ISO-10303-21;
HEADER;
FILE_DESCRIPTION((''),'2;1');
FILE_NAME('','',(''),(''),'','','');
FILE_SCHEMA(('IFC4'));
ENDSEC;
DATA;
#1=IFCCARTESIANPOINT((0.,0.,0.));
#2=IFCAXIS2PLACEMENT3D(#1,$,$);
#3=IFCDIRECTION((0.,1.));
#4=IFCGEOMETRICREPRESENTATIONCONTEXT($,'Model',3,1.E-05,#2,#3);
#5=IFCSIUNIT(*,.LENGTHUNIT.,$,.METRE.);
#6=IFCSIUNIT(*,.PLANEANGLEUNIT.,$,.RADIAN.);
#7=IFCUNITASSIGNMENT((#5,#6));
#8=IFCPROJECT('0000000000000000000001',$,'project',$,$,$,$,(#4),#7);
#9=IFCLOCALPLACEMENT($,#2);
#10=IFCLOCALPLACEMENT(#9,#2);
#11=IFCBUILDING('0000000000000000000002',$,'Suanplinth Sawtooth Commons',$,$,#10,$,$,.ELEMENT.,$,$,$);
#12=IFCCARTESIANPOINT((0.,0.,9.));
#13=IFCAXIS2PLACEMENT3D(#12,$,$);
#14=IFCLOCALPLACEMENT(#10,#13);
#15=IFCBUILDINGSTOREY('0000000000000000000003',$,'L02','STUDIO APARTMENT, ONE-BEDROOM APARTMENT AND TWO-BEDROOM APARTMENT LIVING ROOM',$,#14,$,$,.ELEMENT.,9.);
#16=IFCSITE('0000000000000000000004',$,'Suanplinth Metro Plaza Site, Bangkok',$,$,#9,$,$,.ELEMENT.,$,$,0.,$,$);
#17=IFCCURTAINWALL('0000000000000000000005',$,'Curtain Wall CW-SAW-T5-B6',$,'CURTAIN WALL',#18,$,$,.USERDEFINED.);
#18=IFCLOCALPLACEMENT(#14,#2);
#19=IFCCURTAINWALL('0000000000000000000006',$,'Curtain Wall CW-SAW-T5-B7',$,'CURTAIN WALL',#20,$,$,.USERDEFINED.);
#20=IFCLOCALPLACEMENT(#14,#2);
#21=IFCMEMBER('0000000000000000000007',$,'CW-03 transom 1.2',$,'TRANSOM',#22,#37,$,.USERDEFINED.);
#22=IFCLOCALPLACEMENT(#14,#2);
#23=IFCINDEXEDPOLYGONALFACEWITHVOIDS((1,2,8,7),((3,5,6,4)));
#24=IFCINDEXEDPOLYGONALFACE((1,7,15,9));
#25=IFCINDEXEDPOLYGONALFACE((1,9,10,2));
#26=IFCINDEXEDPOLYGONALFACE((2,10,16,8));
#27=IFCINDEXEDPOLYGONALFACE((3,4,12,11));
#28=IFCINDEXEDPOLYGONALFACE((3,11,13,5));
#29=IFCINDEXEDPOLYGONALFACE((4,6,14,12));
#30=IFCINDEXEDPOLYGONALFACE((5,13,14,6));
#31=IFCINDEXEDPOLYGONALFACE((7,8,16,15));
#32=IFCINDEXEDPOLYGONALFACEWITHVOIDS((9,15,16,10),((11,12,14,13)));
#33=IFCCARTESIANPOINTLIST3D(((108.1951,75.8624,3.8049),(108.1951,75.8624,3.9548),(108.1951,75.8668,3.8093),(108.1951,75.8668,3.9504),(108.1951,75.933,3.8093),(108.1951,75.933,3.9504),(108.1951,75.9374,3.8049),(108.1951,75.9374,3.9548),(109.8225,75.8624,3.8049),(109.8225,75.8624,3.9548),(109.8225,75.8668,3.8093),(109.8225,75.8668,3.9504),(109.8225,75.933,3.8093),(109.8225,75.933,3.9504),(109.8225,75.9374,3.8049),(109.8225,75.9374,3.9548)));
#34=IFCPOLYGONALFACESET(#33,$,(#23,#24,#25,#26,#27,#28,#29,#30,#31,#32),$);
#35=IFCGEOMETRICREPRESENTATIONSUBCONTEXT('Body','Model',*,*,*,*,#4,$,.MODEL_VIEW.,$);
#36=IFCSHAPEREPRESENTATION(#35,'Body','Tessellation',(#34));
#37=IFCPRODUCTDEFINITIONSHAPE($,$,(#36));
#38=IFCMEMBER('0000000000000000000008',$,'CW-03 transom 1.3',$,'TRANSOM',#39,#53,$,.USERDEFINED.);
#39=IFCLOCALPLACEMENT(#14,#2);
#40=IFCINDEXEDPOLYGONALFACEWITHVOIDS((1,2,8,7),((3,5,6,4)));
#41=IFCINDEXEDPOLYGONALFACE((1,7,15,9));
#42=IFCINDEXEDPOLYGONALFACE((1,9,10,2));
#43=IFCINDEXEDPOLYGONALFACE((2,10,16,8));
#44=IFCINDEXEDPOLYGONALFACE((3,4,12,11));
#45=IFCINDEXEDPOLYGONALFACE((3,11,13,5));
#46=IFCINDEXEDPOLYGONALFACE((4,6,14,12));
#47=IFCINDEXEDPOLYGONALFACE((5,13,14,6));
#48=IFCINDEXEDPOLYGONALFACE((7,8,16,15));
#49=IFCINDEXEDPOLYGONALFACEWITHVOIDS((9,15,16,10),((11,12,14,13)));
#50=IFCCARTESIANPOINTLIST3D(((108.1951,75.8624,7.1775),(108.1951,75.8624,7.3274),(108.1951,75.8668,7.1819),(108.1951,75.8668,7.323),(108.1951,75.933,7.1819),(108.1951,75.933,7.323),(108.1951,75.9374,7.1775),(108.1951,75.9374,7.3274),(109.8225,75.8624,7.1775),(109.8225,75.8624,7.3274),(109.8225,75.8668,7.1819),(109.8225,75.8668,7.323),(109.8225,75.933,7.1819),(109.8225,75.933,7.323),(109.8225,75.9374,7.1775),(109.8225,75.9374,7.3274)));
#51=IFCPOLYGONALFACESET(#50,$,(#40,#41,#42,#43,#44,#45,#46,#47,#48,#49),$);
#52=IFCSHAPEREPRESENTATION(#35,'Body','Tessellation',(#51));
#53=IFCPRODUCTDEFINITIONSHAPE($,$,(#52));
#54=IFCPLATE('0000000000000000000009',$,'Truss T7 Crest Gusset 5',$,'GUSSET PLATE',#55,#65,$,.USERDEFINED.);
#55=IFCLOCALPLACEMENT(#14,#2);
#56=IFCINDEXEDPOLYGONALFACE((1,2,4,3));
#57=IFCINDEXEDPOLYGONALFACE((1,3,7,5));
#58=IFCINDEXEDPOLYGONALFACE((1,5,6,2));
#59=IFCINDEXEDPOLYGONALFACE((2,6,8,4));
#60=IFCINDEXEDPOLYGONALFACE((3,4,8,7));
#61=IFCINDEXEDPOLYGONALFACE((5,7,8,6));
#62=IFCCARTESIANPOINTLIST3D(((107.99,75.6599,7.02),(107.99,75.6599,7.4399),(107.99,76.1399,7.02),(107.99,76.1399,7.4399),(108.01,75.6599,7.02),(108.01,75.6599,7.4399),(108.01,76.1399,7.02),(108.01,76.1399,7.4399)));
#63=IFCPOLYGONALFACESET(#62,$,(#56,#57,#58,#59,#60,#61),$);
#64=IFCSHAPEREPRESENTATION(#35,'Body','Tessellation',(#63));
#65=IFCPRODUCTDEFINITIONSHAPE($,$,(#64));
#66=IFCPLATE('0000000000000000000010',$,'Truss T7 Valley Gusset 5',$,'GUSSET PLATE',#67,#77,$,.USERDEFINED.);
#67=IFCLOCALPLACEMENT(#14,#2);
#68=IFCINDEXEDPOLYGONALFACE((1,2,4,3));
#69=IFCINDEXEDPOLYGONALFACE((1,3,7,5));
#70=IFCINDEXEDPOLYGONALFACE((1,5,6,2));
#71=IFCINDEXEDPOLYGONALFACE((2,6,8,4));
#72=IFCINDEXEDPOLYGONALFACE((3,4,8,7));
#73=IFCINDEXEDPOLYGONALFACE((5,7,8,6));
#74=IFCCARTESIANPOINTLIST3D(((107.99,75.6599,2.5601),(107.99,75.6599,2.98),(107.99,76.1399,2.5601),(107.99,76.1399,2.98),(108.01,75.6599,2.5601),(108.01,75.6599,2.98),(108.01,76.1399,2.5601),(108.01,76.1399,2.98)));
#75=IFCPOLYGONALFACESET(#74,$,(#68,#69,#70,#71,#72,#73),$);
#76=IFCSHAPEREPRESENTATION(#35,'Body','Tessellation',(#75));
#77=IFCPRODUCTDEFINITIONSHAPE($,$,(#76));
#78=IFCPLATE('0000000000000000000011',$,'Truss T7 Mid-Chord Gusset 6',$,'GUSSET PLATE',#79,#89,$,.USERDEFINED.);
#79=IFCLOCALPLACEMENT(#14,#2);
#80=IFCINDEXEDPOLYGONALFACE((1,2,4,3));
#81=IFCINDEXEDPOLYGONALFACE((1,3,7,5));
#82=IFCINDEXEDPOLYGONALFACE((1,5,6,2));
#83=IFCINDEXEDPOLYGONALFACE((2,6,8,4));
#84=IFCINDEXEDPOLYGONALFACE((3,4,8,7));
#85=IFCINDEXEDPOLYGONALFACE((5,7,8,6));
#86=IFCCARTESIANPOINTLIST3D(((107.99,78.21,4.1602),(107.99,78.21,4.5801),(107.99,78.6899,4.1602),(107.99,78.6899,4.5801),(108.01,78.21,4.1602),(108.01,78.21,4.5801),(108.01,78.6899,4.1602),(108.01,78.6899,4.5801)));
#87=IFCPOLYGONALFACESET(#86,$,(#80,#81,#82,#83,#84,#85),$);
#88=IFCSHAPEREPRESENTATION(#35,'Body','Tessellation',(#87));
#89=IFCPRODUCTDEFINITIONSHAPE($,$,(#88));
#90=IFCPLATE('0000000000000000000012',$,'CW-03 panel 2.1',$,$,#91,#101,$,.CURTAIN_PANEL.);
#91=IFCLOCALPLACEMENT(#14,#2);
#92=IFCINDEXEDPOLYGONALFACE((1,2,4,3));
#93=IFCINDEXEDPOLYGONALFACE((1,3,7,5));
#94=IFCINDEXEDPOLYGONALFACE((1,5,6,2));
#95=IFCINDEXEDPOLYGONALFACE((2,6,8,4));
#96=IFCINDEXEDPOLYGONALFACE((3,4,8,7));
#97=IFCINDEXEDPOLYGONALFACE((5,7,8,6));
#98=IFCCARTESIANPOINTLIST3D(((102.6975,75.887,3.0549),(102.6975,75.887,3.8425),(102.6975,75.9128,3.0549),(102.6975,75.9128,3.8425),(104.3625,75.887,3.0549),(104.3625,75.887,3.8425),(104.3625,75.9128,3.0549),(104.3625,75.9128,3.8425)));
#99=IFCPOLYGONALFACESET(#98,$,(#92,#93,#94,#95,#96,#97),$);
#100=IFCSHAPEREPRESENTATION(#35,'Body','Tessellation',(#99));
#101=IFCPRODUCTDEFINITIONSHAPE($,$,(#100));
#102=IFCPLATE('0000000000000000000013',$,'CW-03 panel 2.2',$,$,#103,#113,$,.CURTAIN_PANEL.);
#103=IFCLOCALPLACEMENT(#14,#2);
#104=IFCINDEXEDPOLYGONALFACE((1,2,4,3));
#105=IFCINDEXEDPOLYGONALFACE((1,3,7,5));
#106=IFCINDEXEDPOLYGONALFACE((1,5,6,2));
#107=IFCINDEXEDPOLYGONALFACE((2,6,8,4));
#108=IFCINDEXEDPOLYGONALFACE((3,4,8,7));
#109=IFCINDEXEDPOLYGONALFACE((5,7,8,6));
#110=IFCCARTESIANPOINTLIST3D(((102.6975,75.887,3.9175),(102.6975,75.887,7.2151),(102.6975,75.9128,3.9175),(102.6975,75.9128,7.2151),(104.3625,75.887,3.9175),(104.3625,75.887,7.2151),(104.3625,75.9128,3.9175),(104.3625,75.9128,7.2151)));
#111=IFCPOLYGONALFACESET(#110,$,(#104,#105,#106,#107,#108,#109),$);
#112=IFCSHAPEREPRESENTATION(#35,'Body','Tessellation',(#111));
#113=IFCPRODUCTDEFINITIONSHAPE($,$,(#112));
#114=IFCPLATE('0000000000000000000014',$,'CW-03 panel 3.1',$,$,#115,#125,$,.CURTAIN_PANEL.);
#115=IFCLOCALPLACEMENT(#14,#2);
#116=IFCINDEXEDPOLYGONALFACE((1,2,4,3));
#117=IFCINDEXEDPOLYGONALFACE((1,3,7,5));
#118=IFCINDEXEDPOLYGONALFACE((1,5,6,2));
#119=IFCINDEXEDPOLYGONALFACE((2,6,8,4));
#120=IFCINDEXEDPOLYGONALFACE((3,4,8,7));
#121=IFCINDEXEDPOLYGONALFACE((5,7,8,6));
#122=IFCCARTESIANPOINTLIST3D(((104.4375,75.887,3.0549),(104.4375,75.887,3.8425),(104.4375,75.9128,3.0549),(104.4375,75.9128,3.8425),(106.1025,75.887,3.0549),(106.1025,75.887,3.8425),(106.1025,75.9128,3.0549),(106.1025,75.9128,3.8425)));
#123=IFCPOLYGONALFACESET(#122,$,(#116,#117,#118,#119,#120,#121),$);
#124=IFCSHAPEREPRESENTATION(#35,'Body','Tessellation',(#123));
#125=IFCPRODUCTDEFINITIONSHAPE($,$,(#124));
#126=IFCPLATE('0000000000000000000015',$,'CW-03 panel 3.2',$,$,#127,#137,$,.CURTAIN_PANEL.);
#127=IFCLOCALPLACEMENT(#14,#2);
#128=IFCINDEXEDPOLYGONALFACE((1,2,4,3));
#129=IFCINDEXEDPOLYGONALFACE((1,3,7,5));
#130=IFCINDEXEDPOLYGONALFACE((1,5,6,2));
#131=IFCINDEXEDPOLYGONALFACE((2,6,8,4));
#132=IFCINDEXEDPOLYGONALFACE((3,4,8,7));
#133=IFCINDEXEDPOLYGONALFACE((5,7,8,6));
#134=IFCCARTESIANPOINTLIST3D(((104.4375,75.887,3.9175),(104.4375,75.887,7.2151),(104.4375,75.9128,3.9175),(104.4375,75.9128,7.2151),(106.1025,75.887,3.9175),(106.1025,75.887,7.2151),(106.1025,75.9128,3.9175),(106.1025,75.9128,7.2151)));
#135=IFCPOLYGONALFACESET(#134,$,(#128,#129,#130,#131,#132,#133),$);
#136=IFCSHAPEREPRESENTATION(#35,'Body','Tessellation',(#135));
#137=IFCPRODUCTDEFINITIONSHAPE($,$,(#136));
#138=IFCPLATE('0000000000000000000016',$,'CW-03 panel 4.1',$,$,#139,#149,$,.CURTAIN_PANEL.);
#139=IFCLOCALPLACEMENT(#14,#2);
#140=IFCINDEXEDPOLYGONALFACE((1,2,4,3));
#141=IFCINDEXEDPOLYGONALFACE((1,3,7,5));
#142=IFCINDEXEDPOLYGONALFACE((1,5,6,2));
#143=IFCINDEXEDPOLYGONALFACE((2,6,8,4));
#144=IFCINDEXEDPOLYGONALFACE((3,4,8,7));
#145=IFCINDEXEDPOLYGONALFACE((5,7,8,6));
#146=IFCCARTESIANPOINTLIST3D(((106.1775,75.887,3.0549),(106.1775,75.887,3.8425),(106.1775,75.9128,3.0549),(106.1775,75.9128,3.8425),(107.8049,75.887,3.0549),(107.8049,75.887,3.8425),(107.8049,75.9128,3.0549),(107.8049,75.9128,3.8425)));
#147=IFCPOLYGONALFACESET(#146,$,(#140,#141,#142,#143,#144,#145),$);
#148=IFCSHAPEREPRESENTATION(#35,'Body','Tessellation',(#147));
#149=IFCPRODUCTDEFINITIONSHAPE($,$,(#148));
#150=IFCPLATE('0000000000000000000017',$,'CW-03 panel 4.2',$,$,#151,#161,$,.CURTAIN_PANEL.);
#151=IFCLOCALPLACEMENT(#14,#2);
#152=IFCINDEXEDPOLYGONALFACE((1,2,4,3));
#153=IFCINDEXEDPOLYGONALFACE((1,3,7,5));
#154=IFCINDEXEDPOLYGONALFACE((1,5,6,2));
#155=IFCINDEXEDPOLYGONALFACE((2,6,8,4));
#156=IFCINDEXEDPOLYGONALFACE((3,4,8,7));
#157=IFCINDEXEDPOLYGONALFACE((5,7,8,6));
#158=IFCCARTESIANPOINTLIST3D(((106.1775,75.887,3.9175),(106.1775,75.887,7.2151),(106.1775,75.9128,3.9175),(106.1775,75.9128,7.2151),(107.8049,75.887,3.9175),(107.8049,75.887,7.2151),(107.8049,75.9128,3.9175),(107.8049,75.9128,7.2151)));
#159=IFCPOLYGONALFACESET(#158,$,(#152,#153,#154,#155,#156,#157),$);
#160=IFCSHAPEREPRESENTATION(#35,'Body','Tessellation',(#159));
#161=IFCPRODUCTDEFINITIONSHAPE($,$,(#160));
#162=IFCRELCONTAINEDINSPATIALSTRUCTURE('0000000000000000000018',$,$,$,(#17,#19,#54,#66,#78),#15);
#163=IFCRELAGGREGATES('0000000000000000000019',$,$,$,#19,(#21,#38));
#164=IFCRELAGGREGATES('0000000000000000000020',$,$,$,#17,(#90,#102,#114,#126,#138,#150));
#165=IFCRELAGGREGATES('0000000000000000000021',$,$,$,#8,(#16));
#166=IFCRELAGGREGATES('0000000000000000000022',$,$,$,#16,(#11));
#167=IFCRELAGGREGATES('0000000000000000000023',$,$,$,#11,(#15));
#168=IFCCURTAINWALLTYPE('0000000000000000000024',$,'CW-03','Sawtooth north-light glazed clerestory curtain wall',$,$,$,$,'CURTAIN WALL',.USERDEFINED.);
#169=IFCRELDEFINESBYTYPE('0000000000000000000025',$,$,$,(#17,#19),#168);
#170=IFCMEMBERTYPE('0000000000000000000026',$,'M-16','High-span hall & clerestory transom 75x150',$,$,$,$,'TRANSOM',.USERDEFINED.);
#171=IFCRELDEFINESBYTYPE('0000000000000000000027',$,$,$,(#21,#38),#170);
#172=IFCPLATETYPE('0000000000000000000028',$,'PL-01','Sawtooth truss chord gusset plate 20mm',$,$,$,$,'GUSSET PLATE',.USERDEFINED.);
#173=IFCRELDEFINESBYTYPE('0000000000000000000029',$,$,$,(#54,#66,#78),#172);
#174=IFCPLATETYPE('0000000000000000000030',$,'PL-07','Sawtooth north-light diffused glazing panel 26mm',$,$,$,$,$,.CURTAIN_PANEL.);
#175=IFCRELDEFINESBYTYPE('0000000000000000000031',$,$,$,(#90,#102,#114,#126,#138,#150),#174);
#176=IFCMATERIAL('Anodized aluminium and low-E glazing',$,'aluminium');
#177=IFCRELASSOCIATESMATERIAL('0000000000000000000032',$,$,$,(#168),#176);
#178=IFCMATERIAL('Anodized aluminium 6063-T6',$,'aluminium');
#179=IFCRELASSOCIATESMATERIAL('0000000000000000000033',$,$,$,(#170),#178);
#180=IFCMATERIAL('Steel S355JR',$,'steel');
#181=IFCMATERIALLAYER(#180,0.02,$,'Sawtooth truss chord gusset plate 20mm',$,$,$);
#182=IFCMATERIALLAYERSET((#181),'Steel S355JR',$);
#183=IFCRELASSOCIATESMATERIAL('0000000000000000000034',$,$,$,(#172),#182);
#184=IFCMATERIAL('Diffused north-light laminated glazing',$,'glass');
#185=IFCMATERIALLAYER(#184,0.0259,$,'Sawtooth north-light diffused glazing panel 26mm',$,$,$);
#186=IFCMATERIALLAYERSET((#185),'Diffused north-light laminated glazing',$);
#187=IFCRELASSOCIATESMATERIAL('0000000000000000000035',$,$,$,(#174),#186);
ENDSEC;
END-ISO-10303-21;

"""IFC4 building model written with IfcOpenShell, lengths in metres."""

from ifc_helpers import new_model, si_unit, direction, frame, origin, origin_2d, place, context, subcontext, project, spatial, rectangle, hollow_rectangle, extrude, material, layer, layer_set, material_profile, profile_set, type_object, element, aggregate, save


model = new_model("IFC4")

# Units and contexts
model_context = context("Model", 3, precision=1e-05, world=origin(), true_north=direction((0.0, 1.0)))
body_context = subcontext(model_context, "Body", "Model", "MODEL_VIEW")
ifc_project = project(units=[si_unit("LENGTHUNIT", "METRE"), si_unit("PLANEANGLEUNIT", "RADIAN")], contexts=[model_context])

# Site, building, storey
site_placement = place(None, origin())
site = spatial("IfcSite", under=ifc_project, at=site_placement, Name="Suanplinth Metro Plaza Site, Bangkok", CompositionType="ELEMENT", RefElevation=0.0)
building_placement = place(site_placement, origin())
building = spatial("IfcBuilding", under=site, at=building_placement, Name="Suanplinth Sawtooth Commons", CompositionType="ELEMENT")
storey_placement = place(building_placement, frame((0.0, 0.0, 9.0)))
storey = spatial("IfcBuildingStorey", under=building, at=storey_placement, Name="L02", Description="STUDIO APARTMENT, ONE-BEDROOM APARTMENT AND TWO-BEDROOM APARTMENT LIVING ROOM", CompositionType="ELEMENT", Elevation=9.0)

# Shared definitions
ifc_material_1 = material(Name="Steel S355JR", Category="steel")

# Curtain wall
ifc_material_2 = material(Name="Anodized aluminium and low-E glazing", Category="aluminium")
curtain_wall_type = type_object("IfcCurtainWallType", Name="CW-03", Description="Sawtooth north-light glazed clerestory curtain wall", ElementType="CURTAIN WALL", PredefinedType="USERDEFINED", material=ifc_material_2)
curtain_wall_1_placement = place(storey_placement, origin())
curtain_wall_1 = element("IfcCurtainWall", 1, at=curtain_wall_1_placement, inside=storey, type_object=curtain_wall_type, Name="Curtain Wall CW-SAW-T5-B6", ObjectType="CURTAIN WALL", PredefinedType="USERDEFINED")
ifc_material_3 = material(Name="Anodized aluminium 6063-T6", Category="aluminium")

# Curtain wall
curtain_wall_2_placement = place(storey_placement, origin())
curtain_wall_2 = element("IfcCurtainWall", 2, at=curtain_wall_2_placement, inside=storey, type_object=curtain_wall_type, Name="Curtain Wall CW-SAW-T5-B7", ObjectType="CURTAIN WALL", PredefinedType="USERDEFINED")

# Members
ifc_material_profile_1 = material_profile(ifc_material_3, hollow_rectangle(XDim=0.075, YDim=0.1499, WallThickness=0.0044, at=origin_2d()), Name="ALU-TRN 75x150")
ifc_profile_set_1 = profile_set([ifc_material_profile_1], Name="Anodized aluminium 6063-T6")
member_type_1 = type_object("IfcMemberType", Name="M-16", Description="High-span hall & clerestory transom 75x150", ElementType="TRANSOM", PredefinedType="USERDEFINED", material=ifc_profile_set_1)
member_1_placement = place(storey_placement, frame((108.1951, 75.8999, 3.8799), z_axis=(1.0, 0.0, 0.0), x_axis=(0.0, 1.0, 0.0)))
member_1 = element("IfcMember", 3, at=member_1_placement, type_object=member_type_1, Name="CW-03 transom 1.2", ObjectType="TRANSOM", PredefinedType="USERDEFINED", context=body_context, shape_type="SweptSolid", body=[
    extrude(hollow_rectangle(XDim=0.075, YDim=0.1499, WallThickness=0.0044, at=origin_2d()), origin(), (0.0, 0.0, 1.0), 1.6274),
])
member_2_placement = place(storey_placement, frame((108.1951, 75.8999, 7.2524), z_axis=(1.0, 0.0, 0.0), x_axis=(0.0, 1.0, 0.0)))
member_2 = element("IfcMember", 4, at=member_2_placement, type_object=member_type_1, Name="CW-03 transom 1.3", ObjectType="TRANSOM", PredefinedType="USERDEFINED", context=body_context, shape_type="SweptSolid", body=[
    extrude(hollow_rectangle(XDim=0.075, YDim=0.1499, WallThickness=0.0044, at=origin_2d()), origin(), (0.0, 0.0, 1.0), 1.6274),
])
aggregate(curtain_wall_2, [member_1, member_2])

# Plates
ifc_layer_1 = layer(ifc_material_1, 0.02, Name="Sawtooth truss chord gusset plate 20mm")
ifc_layer_set_1 = layer_set([ifc_layer_1], Name="Steel S355JR")
plate_type_1 = type_object("IfcPlateType", Name="PL-01", Description="Sawtooth truss chord gusset plate 20mm", ElementType="GUSSET PLATE", PredefinedType="USERDEFINED", material=ifc_layer_set_1)
for number, where, z_axis, x_axis, name in (
    (5, (108.0, 75.8999, 7.02), (0.0, 0.0, 1.0), (1.0, 0.0, 0.0), "Truss T7 Crest Gusset 5"),
    (6, (108.0, 75.8999, 2.5601), (0.0, 0.0, 1.0), (1.0, 0.0, 0.0), "Truss T7 Valley Gusset 5"),
    (7, (108.0, 78.45, 4.1602), (0.0, 0.0, 1.0), (1.0, 0.0, 0.0), "Truss T7 Mid-Chord Gusset 6"),
):
    element("IfcPlate", number, at=place(storey_placement, frame(where, z_axis=z_axis, x_axis=x_axis)), inside=storey, type_object=plate_type_1, Name=name, ObjectType="GUSSET PLATE", PredefinedType="USERDEFINED", context=body_context, shape_type="SweptSolid", body=[
        extrude(rectangle(XDim=0.02, YDim=0.48, at=origin_2d()), origin(), (0.0, 0.0, 1.0), 0.4199),
    ])

# Plates
ifc_material_4 = material(Name="Diffused north-light laminated glazing", Category="glass")
ifc_layer_2 = layer(ifc_material_4, 0.0259, Name="Sawtooth north-light diffused glazing panel 26mm")
ifc_layer_set_2 = layer_set([ifc_layer_2], Name="Diffused north-light laminated glazing")
plate_type_2 = type_object("IfcPlateType", Name="PL-07", Description="Sawtooth north-light diffused glazing panel 26mm", PredefinedType="CURTAIN_PANEL", material=ifc_layer_set_2)
plate_1_placement = place(storey_placement, frame((103.53, 75.8999, 3.0549), z_axis=(0.0, 0.0, 1.0), x_axis=(1.0, 0.0, 0.0)))
plate_1 = element("IfcPlate", 8, at=plate_1_placement, type_object=plate_type_2, Name="CW-03 panel 2.1", PredefinedType="CURTAIN_PANEL", context=body_context, shape_type="SweptSolid", body=[
    extrude(rectangle(XDim=1.665, YDim=0.0259, at=origin_2d()), origin(), (0.0, 0.0, 1.0), 0.7876),
])
plate_2_placement = place(storey_placement, frame((103.53, 75.8999, 3.9175), z_axis=(0.0, 0.0, 1.0), x_axis=(1.0, 0.0, 0.0)))
plate_2 = element("IfcPlate", 9, at=plate_2_placement, type_object=plate_type_2, Name="CW-03 panel 2.2", PredefinedType="CURTAIN_PANEL", context=body_context, shape_type="SweptSolid", body=[
    extrude(rectangle(XDim=1.665, YDim=0.0259, at=origin_2d()), origin(), (0.0, 0.0, 1.0), 3.2976),
])
plate_3_placement = place(storey_placement, frame((105.27, 75.8999, 3.0549), z_axis=(0.0, 0.0, 1.0), x_axis=(1.0, 0.0, 0.0)))
plate_3 = element("IfcPlate", 10, at=plate_3_placement, type_object=plate_type_2, Name="CW-03 panel 3.1", PredefinedType="CURTAIN_PANEL", context=body_context, shape_type="SweptSolid", body=[
    extrude(rectangle(XDim=1.665, YDim=0.0259, at=origin_2d()), origin(), (0.0, 0.0, 1.0), 0.7876),
])
plate_4_placement = place(storey_placement, frame((105.27, 75.8999, 3.9175), z_axis=(0.0, 0.0, 1.0), x_axis=(1.0, 0.0, 0.0)))
plate_4 = element("IfcPlate", 11, at=plate_4_placement, type_object=plate_type_2, Name="CW-03 panel 3.2", PredefinedType="CURTAIN_PANEL", context=body_context, shape_type="SweptSolid", body=[
    extrude(rectangle(XDim=1.665, YDim=0.0259, at=origin_2d()), origin(), (0.0, 0.0, 1.0), 3.2976),
])
plate_5_placement = place(storey_placement, frame((106.9912, 75.8999, 3.0549), z_axis=(0.0, 0.0, 1.0), x_axis=(1.0, 0.0, 0.0)))
plate_5 = element("IfcPlate", 12, at=plate_5_placement, type_object=plate_type_2, Name="CW-03 panel 4.1", PredefinedType="CURTAIN_PANEL", context=body_context, shape_type="SweptSolid", body=[
    extrude(rectangle(XDim=1.6274, YDim=0.0259, at=origin_2d()), origin(), (0.0, 0.0, 1.0), 0.7876),
])
plate_6_placement = place(storey_placement, frame((106.9912, 75.8999, 3.9175), z_axis=(0.0, 0.0, 1.0), x_axis=(1.0, 0.0, 0.0)))
plate_6 = element("IfcPlate", 13, at=plate_6_placement, type_object=plate_type_2, Name="CW-03 panel 4.2", PredefinedType="CURTAIN_PANEL", context=body_context, shape_type="SweptSolid", body=[
    extrude(rectangle(XDim=1.6274, YDim=0.0259, at=origin_2d()), origin(), (0.0, 0.0, 1.0), 3.2976),
])
aggregate(curtain_wall_1, [plate_1, plate_2, plate_3, plate_4, plate_5, plate_6])

save(model, "model.ifc")
